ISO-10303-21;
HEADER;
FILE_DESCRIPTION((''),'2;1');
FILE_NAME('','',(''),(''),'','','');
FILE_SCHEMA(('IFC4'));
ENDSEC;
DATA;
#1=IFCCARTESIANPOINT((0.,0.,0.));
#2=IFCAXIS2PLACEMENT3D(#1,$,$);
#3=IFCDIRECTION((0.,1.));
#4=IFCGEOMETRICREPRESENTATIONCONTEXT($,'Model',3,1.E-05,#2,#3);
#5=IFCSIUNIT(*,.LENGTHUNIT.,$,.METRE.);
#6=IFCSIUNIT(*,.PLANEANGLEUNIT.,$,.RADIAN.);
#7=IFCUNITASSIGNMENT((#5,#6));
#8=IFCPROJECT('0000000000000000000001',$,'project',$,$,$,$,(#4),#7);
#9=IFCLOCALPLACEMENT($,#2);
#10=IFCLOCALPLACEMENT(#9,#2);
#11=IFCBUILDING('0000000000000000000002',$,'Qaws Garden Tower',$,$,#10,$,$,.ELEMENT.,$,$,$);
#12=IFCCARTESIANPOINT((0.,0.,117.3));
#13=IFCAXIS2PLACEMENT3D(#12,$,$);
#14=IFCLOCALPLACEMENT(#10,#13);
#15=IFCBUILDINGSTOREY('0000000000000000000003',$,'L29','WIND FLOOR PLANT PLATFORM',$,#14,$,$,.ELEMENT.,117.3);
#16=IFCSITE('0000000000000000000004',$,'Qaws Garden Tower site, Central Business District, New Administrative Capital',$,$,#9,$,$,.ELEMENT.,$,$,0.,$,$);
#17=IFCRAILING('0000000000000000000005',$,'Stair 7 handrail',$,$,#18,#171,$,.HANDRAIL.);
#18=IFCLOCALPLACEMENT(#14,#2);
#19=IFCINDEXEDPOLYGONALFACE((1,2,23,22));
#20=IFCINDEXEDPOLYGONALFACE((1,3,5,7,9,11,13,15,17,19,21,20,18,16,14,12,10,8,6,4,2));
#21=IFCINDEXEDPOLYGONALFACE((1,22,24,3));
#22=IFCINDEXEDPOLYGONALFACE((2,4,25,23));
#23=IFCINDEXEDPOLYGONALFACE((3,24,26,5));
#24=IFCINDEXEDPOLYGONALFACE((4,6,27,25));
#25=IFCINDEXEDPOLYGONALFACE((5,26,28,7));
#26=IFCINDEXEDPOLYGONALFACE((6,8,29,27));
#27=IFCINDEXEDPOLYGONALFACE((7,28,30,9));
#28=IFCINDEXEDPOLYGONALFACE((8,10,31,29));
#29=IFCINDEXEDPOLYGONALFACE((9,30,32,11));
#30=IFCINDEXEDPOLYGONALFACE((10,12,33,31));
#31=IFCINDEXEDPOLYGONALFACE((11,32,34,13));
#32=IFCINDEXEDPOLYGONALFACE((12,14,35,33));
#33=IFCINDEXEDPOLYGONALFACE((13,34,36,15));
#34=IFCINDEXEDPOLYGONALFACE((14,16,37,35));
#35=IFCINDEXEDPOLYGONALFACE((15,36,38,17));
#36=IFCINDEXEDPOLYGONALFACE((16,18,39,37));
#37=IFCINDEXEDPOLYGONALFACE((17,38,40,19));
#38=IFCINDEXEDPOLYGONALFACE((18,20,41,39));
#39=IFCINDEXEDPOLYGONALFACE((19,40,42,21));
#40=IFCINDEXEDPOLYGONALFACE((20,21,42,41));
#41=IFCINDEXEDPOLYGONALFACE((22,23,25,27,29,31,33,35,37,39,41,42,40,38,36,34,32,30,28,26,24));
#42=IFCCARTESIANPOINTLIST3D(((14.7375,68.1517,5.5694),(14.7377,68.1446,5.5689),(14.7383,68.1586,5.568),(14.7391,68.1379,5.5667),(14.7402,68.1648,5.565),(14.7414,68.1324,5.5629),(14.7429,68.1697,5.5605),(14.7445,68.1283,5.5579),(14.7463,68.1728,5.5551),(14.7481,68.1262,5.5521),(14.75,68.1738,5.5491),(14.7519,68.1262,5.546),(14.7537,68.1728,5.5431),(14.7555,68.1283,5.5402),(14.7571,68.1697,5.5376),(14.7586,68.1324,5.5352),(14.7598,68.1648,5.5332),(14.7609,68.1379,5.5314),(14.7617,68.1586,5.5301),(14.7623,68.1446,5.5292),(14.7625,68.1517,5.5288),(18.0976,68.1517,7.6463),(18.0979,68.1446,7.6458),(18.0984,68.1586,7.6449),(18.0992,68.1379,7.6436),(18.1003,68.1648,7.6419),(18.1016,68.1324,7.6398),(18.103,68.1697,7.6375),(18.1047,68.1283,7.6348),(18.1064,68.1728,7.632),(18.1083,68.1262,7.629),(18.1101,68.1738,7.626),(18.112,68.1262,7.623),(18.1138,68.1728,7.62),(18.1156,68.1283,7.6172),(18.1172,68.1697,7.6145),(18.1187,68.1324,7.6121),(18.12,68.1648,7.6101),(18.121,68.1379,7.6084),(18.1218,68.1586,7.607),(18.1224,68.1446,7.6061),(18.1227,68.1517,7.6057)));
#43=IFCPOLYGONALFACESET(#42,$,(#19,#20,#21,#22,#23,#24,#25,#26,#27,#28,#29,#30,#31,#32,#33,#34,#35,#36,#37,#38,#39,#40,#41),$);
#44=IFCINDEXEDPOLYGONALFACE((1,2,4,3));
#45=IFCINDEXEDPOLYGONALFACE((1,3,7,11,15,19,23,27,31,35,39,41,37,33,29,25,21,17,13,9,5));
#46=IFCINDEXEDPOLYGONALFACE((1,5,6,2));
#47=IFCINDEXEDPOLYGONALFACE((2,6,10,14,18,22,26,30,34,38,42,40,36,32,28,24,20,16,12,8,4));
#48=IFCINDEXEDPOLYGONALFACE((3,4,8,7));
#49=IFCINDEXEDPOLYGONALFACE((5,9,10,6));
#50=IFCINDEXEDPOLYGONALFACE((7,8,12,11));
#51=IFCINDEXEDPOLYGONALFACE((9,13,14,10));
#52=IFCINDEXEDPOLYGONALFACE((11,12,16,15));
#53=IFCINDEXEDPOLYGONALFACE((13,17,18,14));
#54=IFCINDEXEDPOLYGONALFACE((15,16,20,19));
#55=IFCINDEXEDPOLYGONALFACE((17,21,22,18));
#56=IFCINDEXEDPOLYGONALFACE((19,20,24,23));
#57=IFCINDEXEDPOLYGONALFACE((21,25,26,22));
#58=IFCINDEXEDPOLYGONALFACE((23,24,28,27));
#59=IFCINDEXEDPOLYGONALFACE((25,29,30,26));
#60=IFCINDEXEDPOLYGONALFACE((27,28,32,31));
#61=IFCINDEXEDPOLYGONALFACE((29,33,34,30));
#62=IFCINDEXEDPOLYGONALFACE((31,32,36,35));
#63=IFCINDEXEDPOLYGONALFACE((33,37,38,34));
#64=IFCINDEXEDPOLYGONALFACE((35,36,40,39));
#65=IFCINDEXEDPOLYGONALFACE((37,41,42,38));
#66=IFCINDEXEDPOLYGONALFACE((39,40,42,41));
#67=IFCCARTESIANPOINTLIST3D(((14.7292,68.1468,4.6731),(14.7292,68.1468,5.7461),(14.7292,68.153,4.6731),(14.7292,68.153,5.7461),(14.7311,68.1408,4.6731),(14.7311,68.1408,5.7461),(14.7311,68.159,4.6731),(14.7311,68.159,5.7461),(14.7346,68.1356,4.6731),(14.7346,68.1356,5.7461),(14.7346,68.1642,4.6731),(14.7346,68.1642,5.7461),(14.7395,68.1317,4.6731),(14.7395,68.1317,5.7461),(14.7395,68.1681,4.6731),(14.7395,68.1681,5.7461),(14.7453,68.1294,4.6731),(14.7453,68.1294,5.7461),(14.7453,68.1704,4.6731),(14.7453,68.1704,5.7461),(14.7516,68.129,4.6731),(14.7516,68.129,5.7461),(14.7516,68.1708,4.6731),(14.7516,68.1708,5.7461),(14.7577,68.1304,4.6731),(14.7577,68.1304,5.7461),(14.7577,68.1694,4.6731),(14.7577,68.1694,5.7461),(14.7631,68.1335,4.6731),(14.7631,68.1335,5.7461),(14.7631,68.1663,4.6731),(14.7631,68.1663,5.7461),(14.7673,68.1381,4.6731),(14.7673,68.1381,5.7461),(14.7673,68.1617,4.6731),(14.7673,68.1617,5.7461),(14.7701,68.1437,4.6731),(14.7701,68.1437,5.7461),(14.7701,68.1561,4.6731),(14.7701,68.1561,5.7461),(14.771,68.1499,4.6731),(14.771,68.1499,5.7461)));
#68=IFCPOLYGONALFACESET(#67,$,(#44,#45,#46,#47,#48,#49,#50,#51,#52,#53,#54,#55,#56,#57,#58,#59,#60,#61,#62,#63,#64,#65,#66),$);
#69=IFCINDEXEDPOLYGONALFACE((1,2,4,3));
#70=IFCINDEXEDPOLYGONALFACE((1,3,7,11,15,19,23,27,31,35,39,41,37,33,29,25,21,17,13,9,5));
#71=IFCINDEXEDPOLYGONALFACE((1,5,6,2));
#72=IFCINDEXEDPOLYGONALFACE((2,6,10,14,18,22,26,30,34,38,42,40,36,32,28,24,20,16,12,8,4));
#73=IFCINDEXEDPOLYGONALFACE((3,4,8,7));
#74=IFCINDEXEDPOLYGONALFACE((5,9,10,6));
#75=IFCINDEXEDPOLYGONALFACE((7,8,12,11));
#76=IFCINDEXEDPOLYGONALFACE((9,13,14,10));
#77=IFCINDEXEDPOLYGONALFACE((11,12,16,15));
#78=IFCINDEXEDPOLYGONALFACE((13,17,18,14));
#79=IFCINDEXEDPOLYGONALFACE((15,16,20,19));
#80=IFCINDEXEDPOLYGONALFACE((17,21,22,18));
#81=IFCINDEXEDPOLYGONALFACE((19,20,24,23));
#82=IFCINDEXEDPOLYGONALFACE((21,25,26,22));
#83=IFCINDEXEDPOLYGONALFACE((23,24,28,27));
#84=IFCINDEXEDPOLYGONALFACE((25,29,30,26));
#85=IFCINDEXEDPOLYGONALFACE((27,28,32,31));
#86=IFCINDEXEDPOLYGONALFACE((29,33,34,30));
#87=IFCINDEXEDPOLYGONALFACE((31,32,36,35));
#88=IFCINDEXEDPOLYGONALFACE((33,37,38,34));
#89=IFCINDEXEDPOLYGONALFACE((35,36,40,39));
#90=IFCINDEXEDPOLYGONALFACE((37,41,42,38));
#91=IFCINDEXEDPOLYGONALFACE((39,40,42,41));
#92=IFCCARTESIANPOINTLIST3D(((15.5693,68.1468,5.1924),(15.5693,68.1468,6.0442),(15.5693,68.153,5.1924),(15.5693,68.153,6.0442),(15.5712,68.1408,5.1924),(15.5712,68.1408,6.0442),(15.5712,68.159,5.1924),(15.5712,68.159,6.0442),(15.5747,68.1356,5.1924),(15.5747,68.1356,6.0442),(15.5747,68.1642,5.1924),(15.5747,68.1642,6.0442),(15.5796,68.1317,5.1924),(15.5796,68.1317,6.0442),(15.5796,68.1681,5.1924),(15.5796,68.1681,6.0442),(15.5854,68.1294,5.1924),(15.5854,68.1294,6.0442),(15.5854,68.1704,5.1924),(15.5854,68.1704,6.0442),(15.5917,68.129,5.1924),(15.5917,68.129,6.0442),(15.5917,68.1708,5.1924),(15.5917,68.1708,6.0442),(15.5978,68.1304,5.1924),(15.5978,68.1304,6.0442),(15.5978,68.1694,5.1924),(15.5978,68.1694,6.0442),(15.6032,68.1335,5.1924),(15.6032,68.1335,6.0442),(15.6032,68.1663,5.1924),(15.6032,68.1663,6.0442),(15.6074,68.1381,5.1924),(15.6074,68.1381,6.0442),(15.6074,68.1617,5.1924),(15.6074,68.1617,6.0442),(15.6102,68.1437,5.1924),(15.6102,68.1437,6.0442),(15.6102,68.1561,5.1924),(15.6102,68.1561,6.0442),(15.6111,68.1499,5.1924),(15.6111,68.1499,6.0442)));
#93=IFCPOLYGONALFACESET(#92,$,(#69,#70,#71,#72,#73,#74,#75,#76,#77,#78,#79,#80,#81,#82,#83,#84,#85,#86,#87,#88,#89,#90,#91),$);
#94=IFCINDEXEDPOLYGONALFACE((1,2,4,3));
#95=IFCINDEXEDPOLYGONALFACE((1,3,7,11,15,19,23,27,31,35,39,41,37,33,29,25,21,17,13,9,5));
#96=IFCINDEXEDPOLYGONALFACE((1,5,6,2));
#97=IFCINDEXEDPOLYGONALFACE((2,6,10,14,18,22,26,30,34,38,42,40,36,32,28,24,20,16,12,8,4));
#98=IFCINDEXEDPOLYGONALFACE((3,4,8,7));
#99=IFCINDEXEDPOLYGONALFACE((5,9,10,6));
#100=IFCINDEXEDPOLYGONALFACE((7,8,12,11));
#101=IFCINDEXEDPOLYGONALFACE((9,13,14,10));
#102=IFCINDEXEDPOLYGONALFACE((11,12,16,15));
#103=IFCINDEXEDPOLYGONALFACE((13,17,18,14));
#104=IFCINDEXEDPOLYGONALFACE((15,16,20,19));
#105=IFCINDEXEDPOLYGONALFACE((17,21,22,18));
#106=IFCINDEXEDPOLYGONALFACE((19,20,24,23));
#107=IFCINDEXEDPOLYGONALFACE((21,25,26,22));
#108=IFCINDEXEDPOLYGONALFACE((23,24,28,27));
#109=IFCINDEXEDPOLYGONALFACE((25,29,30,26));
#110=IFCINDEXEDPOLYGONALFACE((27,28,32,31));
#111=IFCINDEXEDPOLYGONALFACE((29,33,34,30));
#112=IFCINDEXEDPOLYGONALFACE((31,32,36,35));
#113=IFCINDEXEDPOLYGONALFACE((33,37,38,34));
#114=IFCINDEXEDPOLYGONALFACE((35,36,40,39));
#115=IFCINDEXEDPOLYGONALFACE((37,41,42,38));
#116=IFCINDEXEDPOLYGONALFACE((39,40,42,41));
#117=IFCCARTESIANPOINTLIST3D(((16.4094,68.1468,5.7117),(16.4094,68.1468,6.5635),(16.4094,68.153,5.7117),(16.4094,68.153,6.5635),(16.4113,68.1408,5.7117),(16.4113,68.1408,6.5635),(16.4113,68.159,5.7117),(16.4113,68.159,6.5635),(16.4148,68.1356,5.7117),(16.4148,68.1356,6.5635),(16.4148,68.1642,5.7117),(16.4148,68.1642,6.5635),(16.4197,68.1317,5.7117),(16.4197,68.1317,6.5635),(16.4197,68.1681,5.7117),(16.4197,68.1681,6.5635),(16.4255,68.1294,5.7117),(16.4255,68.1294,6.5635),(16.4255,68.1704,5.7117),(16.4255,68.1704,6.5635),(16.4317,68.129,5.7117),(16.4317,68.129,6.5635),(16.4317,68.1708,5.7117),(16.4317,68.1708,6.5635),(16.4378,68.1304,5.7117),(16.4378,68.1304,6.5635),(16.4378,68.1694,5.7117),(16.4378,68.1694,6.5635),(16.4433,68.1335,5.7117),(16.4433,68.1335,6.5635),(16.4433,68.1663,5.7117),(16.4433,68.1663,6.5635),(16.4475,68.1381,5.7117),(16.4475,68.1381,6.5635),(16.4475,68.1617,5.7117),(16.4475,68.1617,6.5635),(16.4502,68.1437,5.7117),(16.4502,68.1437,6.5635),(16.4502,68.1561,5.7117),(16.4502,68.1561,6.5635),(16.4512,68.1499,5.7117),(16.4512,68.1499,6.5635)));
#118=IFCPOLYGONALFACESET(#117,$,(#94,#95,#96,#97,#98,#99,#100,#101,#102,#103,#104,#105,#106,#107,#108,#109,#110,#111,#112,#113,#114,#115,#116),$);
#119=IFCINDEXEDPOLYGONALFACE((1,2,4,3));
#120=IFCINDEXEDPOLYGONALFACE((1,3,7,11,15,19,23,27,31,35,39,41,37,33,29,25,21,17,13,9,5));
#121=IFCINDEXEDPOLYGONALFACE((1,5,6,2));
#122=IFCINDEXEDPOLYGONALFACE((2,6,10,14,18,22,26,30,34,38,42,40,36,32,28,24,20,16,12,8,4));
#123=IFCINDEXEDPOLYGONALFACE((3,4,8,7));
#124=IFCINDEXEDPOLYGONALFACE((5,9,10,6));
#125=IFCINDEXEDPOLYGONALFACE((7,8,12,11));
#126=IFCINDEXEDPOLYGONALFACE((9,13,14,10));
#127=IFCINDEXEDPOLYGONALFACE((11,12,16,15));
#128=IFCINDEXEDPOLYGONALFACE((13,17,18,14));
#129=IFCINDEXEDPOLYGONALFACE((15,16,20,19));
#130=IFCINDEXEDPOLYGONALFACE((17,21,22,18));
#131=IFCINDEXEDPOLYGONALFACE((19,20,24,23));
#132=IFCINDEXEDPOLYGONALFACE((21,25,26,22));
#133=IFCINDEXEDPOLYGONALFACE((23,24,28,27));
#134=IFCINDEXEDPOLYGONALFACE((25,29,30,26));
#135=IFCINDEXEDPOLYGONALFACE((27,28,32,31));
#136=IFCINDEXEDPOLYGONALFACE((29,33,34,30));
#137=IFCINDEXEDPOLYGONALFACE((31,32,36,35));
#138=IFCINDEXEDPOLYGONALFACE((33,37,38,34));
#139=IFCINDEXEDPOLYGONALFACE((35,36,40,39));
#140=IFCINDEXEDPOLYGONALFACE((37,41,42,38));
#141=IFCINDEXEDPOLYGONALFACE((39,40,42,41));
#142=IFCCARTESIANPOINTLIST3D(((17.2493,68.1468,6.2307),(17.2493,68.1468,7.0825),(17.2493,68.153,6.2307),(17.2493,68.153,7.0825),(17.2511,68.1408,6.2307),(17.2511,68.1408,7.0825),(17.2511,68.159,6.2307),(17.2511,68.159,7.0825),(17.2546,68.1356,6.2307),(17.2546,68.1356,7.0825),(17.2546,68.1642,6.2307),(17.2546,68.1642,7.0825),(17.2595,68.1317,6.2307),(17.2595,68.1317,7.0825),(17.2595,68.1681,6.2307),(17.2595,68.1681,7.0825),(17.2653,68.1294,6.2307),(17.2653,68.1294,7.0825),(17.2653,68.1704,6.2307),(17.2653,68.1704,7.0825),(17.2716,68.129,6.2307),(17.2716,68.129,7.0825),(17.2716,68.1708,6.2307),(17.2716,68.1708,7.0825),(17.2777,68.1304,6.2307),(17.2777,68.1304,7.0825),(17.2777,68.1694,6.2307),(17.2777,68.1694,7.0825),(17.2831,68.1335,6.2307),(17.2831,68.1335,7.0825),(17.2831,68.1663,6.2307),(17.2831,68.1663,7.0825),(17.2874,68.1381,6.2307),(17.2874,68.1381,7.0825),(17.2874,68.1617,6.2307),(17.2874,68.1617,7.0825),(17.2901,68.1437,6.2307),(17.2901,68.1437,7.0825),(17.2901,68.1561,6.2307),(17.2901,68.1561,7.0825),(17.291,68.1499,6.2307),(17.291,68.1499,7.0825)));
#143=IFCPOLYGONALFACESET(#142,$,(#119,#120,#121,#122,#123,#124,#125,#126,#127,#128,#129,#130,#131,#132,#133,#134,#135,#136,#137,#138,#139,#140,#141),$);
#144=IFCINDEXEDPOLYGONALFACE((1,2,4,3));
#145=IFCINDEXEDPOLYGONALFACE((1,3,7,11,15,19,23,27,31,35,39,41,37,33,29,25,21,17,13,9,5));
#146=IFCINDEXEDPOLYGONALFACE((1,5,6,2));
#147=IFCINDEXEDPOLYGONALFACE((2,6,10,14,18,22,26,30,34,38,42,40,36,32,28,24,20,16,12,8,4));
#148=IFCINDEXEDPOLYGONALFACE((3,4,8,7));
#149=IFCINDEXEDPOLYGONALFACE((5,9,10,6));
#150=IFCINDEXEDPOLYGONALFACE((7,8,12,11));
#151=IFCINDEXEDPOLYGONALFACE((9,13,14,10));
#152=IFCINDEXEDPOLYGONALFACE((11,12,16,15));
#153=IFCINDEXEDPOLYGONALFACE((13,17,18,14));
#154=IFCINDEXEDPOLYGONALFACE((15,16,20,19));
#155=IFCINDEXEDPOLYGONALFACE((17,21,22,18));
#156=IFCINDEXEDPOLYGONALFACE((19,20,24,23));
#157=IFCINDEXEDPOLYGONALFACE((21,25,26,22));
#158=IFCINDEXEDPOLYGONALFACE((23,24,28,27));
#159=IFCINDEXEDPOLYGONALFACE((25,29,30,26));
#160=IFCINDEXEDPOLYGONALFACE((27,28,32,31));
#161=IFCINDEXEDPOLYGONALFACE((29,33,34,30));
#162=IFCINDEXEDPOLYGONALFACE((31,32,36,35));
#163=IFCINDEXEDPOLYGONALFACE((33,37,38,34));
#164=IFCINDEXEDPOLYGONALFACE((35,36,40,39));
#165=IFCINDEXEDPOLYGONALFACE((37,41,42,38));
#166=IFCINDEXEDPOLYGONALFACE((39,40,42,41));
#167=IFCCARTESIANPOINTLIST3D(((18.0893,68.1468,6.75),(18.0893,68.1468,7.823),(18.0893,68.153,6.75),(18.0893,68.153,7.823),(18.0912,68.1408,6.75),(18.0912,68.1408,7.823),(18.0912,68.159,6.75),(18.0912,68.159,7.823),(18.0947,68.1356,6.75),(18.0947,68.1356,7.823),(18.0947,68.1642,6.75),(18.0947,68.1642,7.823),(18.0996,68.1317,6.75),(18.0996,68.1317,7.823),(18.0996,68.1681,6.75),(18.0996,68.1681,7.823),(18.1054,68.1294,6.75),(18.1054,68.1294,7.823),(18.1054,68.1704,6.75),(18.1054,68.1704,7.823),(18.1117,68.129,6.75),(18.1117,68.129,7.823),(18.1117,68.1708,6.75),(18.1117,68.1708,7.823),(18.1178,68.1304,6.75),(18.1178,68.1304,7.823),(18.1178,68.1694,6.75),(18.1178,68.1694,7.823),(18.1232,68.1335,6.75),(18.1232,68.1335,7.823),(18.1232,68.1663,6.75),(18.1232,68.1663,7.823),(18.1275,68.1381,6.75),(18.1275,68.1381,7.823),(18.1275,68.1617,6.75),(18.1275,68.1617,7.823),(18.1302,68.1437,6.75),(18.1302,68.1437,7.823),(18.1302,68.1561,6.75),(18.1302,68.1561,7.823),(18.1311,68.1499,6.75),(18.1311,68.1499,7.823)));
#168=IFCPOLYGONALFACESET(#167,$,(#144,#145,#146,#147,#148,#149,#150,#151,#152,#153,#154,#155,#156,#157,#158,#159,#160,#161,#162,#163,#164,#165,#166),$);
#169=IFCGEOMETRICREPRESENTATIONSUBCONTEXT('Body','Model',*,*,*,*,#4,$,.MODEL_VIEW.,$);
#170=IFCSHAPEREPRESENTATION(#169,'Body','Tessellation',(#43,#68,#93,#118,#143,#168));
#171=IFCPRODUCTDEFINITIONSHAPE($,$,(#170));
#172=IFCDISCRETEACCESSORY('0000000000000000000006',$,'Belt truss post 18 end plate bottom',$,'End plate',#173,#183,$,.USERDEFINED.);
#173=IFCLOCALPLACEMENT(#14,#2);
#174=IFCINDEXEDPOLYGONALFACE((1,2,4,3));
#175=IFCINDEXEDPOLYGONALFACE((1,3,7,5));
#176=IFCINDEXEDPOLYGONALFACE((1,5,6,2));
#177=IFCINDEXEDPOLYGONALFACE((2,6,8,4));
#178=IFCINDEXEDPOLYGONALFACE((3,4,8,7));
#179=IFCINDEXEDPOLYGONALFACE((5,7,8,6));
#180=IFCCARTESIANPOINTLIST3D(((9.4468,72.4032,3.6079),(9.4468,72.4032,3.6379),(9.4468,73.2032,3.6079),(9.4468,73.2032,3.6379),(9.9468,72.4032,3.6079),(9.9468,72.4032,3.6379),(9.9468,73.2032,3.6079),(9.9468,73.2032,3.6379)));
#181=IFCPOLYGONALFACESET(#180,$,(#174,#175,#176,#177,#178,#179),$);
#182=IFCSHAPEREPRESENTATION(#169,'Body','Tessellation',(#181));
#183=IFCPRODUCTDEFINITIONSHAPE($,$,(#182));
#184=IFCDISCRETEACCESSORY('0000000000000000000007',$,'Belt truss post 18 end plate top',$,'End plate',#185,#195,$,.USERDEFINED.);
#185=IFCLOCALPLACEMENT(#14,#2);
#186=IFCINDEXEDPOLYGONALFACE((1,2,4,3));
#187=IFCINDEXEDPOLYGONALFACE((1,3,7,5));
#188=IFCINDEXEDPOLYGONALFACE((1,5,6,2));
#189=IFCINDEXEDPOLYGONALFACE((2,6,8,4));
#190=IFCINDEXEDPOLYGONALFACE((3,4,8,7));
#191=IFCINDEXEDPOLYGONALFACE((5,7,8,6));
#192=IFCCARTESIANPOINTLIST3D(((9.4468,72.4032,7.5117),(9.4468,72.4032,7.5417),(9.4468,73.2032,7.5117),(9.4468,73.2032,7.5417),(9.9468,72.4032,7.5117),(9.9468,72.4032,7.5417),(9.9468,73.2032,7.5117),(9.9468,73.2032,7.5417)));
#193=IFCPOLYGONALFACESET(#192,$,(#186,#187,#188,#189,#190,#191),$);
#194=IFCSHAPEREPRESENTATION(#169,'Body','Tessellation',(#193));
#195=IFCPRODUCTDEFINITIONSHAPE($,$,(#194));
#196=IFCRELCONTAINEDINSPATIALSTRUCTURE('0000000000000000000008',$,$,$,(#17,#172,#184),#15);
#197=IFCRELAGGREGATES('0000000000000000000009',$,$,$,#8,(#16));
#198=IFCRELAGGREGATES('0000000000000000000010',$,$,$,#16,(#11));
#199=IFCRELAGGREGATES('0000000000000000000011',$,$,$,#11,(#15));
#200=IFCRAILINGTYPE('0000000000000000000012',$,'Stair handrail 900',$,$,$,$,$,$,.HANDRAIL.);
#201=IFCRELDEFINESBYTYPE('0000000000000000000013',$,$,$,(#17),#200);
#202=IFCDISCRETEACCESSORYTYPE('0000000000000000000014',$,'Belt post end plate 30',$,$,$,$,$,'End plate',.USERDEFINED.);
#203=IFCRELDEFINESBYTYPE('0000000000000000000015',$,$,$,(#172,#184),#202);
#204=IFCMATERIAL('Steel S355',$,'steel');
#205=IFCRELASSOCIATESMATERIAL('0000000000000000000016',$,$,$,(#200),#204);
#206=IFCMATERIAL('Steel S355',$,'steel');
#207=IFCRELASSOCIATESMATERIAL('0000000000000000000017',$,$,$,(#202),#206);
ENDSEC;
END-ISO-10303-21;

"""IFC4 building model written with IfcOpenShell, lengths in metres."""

from ifc_helpers import new_model, si_unit, direction, frame, origin, origin_2d, place, context, subcontext, project, spatial, rectangle, circle, extrude, material, type_object, element, save


model = new_model("IFC4")

# Units and contexts
model_context = context("Model", 3, precision=1e-05, world=origin(), true_north=direction((0.0, 1.0)))
body_context = subcontext(model_context, "Body", "Model", "MODEL_VIEW")
ifc_project = project(units=[si_unit("LENGTHUNIT", "METRE"), si_unit("PLANEANGLEUNIT", "RADIAN")], contexts=[model_context])

# Site, building, storey
site_placement = place(None, origin())
site = spatial("IfcSite", under=ifc_project, at=site_placement, Name="Qaws Garden Tower site, Central Business District, New Administrative Capital", CompositionType="ELEMENT", RefElevation=0.0)
building_placement = place(site_placement, origin())
building = spatial("IfcBuilding", under=site, at=building_placement, Name="Qaws Garden Tower", CompositionType="ELEMENT")
storey_placement = place(building_placement, frame((0.0, 0.0, 117.3)))
storey = spatial("IfcBuildingStorey", under=building, at=storey_placement, Name="L29", Description="WIND FLOOR PLANT PLATFORM", CompositionType="ELEMENT", Elevation=117.3)

# Shared definitions
placement_1 = place(storey_placement, frame((9.6968, 72.8032, 3.6079), z_axis=(0.0, 0.0, 1.0), x_axis=(1.0, 0.0, 0.0)))

# Railing
ifc_material_1 = material(Name="Steel S355", Category="steel")
railing_type_1 = type_object("IfcRailingType", Name="Stair handrail 900", PredefinedType="HANDRAIL", material=ifc_material_1)
for number, where, name in (
    (1, (14.75, 68.1499, 4.6731), "Stair 7 handrail"),
):
    element("IfcRailing", number, at=place(storey_placement, frame(where)), inside=storey, type_object=railing_type_1, Name=name, PredefinedType="HANDRAIL", context=body_context, shape_type="SweptSolid", body=[
        extrude(circle(Radius=0.0239, at=origin_2d()), frame((0.0, 0.0, 0.876), z_axis=(0.850623, 0.0, 0.525776), x_axis=(0.0, 1.0, 0.0)), (0.0, 0.0, 1.0), 3.9502),
        extrude(circle(Radius=0.021, at=origin_2d()), origin(), (0.0, 0.0, 1.0), 1.073),
        extrude(circle(Radius=0.021, at=origin_2d()), frame((0.8401, 0.0, 0.5193)), (0.0, 0.0, 1.0), 0.8518),
        extrude(circle(Radius=0.021, at=origin_2d()), frame((1.6802, 0.0, 1.0386)), (0.0, 0.0, 1.0), 0.8518),
        extrude(circle(Radius=0.021, at=origin_2d()), frame((2.52, 0.0, 1.5576)), (0.0, 0.0, 1.0), 0.8518),
        extrude(circle(Radius=0.021, at=origin_2d()), frame((3.3601, 0.0, 2.0769)), (0.0, 0.0, 1.0), 1.073),
    ])

# Discrete accessories
ifc_material_2 = material(Name="Steel S355", Category="steel")
discrete_accessory_type = type_object("IfcDiscreteAccessoryType", Name="Belt post end plate 30", ElementType="End plate", PredefinedType="USERDEFINED", material=ifc_material_2)
element("IfcDiscreteAccessory", 2, at=placement_1, inside=storey, type_object=discrete_accessory_type, Name="Belt truss post 18 end plate bottom", ObjectType="End plate", PredefinedType="USERDEFINED", context=body_context, shape_type="SweptSolid", body=[
    extrude(rectangle(XDim=0.5, YDim=0.8, at=origin_2d()), origin(), (0.0, 0.0, 1.0), 0.03),
])
discrete_accessory_1_placement = place(storey_placement, frame((9.6968, 72.8032, 7.5117), z_axis=(0.0, 0.0, 1.0), x_axis=(1.0, 0.0, 0.0)))
element("IfcDiscreteAccessory", 3, at=discrete_accessory_1_placement, inside=storey, type_object=discrete_accessory_type, Name="Belt truss post 18 end plate top", ObjectType="End plate", PredefinedType="USERDEFINED", context=body_context, shape_type="SweptSolid", body=[
    extrude(rectangle(XDim=0.5, YDim=0.8, at=origin_2d()), origin(), (0.0, 0.0, 1.0), 0.03),
])

save(model, "model.ifc")
